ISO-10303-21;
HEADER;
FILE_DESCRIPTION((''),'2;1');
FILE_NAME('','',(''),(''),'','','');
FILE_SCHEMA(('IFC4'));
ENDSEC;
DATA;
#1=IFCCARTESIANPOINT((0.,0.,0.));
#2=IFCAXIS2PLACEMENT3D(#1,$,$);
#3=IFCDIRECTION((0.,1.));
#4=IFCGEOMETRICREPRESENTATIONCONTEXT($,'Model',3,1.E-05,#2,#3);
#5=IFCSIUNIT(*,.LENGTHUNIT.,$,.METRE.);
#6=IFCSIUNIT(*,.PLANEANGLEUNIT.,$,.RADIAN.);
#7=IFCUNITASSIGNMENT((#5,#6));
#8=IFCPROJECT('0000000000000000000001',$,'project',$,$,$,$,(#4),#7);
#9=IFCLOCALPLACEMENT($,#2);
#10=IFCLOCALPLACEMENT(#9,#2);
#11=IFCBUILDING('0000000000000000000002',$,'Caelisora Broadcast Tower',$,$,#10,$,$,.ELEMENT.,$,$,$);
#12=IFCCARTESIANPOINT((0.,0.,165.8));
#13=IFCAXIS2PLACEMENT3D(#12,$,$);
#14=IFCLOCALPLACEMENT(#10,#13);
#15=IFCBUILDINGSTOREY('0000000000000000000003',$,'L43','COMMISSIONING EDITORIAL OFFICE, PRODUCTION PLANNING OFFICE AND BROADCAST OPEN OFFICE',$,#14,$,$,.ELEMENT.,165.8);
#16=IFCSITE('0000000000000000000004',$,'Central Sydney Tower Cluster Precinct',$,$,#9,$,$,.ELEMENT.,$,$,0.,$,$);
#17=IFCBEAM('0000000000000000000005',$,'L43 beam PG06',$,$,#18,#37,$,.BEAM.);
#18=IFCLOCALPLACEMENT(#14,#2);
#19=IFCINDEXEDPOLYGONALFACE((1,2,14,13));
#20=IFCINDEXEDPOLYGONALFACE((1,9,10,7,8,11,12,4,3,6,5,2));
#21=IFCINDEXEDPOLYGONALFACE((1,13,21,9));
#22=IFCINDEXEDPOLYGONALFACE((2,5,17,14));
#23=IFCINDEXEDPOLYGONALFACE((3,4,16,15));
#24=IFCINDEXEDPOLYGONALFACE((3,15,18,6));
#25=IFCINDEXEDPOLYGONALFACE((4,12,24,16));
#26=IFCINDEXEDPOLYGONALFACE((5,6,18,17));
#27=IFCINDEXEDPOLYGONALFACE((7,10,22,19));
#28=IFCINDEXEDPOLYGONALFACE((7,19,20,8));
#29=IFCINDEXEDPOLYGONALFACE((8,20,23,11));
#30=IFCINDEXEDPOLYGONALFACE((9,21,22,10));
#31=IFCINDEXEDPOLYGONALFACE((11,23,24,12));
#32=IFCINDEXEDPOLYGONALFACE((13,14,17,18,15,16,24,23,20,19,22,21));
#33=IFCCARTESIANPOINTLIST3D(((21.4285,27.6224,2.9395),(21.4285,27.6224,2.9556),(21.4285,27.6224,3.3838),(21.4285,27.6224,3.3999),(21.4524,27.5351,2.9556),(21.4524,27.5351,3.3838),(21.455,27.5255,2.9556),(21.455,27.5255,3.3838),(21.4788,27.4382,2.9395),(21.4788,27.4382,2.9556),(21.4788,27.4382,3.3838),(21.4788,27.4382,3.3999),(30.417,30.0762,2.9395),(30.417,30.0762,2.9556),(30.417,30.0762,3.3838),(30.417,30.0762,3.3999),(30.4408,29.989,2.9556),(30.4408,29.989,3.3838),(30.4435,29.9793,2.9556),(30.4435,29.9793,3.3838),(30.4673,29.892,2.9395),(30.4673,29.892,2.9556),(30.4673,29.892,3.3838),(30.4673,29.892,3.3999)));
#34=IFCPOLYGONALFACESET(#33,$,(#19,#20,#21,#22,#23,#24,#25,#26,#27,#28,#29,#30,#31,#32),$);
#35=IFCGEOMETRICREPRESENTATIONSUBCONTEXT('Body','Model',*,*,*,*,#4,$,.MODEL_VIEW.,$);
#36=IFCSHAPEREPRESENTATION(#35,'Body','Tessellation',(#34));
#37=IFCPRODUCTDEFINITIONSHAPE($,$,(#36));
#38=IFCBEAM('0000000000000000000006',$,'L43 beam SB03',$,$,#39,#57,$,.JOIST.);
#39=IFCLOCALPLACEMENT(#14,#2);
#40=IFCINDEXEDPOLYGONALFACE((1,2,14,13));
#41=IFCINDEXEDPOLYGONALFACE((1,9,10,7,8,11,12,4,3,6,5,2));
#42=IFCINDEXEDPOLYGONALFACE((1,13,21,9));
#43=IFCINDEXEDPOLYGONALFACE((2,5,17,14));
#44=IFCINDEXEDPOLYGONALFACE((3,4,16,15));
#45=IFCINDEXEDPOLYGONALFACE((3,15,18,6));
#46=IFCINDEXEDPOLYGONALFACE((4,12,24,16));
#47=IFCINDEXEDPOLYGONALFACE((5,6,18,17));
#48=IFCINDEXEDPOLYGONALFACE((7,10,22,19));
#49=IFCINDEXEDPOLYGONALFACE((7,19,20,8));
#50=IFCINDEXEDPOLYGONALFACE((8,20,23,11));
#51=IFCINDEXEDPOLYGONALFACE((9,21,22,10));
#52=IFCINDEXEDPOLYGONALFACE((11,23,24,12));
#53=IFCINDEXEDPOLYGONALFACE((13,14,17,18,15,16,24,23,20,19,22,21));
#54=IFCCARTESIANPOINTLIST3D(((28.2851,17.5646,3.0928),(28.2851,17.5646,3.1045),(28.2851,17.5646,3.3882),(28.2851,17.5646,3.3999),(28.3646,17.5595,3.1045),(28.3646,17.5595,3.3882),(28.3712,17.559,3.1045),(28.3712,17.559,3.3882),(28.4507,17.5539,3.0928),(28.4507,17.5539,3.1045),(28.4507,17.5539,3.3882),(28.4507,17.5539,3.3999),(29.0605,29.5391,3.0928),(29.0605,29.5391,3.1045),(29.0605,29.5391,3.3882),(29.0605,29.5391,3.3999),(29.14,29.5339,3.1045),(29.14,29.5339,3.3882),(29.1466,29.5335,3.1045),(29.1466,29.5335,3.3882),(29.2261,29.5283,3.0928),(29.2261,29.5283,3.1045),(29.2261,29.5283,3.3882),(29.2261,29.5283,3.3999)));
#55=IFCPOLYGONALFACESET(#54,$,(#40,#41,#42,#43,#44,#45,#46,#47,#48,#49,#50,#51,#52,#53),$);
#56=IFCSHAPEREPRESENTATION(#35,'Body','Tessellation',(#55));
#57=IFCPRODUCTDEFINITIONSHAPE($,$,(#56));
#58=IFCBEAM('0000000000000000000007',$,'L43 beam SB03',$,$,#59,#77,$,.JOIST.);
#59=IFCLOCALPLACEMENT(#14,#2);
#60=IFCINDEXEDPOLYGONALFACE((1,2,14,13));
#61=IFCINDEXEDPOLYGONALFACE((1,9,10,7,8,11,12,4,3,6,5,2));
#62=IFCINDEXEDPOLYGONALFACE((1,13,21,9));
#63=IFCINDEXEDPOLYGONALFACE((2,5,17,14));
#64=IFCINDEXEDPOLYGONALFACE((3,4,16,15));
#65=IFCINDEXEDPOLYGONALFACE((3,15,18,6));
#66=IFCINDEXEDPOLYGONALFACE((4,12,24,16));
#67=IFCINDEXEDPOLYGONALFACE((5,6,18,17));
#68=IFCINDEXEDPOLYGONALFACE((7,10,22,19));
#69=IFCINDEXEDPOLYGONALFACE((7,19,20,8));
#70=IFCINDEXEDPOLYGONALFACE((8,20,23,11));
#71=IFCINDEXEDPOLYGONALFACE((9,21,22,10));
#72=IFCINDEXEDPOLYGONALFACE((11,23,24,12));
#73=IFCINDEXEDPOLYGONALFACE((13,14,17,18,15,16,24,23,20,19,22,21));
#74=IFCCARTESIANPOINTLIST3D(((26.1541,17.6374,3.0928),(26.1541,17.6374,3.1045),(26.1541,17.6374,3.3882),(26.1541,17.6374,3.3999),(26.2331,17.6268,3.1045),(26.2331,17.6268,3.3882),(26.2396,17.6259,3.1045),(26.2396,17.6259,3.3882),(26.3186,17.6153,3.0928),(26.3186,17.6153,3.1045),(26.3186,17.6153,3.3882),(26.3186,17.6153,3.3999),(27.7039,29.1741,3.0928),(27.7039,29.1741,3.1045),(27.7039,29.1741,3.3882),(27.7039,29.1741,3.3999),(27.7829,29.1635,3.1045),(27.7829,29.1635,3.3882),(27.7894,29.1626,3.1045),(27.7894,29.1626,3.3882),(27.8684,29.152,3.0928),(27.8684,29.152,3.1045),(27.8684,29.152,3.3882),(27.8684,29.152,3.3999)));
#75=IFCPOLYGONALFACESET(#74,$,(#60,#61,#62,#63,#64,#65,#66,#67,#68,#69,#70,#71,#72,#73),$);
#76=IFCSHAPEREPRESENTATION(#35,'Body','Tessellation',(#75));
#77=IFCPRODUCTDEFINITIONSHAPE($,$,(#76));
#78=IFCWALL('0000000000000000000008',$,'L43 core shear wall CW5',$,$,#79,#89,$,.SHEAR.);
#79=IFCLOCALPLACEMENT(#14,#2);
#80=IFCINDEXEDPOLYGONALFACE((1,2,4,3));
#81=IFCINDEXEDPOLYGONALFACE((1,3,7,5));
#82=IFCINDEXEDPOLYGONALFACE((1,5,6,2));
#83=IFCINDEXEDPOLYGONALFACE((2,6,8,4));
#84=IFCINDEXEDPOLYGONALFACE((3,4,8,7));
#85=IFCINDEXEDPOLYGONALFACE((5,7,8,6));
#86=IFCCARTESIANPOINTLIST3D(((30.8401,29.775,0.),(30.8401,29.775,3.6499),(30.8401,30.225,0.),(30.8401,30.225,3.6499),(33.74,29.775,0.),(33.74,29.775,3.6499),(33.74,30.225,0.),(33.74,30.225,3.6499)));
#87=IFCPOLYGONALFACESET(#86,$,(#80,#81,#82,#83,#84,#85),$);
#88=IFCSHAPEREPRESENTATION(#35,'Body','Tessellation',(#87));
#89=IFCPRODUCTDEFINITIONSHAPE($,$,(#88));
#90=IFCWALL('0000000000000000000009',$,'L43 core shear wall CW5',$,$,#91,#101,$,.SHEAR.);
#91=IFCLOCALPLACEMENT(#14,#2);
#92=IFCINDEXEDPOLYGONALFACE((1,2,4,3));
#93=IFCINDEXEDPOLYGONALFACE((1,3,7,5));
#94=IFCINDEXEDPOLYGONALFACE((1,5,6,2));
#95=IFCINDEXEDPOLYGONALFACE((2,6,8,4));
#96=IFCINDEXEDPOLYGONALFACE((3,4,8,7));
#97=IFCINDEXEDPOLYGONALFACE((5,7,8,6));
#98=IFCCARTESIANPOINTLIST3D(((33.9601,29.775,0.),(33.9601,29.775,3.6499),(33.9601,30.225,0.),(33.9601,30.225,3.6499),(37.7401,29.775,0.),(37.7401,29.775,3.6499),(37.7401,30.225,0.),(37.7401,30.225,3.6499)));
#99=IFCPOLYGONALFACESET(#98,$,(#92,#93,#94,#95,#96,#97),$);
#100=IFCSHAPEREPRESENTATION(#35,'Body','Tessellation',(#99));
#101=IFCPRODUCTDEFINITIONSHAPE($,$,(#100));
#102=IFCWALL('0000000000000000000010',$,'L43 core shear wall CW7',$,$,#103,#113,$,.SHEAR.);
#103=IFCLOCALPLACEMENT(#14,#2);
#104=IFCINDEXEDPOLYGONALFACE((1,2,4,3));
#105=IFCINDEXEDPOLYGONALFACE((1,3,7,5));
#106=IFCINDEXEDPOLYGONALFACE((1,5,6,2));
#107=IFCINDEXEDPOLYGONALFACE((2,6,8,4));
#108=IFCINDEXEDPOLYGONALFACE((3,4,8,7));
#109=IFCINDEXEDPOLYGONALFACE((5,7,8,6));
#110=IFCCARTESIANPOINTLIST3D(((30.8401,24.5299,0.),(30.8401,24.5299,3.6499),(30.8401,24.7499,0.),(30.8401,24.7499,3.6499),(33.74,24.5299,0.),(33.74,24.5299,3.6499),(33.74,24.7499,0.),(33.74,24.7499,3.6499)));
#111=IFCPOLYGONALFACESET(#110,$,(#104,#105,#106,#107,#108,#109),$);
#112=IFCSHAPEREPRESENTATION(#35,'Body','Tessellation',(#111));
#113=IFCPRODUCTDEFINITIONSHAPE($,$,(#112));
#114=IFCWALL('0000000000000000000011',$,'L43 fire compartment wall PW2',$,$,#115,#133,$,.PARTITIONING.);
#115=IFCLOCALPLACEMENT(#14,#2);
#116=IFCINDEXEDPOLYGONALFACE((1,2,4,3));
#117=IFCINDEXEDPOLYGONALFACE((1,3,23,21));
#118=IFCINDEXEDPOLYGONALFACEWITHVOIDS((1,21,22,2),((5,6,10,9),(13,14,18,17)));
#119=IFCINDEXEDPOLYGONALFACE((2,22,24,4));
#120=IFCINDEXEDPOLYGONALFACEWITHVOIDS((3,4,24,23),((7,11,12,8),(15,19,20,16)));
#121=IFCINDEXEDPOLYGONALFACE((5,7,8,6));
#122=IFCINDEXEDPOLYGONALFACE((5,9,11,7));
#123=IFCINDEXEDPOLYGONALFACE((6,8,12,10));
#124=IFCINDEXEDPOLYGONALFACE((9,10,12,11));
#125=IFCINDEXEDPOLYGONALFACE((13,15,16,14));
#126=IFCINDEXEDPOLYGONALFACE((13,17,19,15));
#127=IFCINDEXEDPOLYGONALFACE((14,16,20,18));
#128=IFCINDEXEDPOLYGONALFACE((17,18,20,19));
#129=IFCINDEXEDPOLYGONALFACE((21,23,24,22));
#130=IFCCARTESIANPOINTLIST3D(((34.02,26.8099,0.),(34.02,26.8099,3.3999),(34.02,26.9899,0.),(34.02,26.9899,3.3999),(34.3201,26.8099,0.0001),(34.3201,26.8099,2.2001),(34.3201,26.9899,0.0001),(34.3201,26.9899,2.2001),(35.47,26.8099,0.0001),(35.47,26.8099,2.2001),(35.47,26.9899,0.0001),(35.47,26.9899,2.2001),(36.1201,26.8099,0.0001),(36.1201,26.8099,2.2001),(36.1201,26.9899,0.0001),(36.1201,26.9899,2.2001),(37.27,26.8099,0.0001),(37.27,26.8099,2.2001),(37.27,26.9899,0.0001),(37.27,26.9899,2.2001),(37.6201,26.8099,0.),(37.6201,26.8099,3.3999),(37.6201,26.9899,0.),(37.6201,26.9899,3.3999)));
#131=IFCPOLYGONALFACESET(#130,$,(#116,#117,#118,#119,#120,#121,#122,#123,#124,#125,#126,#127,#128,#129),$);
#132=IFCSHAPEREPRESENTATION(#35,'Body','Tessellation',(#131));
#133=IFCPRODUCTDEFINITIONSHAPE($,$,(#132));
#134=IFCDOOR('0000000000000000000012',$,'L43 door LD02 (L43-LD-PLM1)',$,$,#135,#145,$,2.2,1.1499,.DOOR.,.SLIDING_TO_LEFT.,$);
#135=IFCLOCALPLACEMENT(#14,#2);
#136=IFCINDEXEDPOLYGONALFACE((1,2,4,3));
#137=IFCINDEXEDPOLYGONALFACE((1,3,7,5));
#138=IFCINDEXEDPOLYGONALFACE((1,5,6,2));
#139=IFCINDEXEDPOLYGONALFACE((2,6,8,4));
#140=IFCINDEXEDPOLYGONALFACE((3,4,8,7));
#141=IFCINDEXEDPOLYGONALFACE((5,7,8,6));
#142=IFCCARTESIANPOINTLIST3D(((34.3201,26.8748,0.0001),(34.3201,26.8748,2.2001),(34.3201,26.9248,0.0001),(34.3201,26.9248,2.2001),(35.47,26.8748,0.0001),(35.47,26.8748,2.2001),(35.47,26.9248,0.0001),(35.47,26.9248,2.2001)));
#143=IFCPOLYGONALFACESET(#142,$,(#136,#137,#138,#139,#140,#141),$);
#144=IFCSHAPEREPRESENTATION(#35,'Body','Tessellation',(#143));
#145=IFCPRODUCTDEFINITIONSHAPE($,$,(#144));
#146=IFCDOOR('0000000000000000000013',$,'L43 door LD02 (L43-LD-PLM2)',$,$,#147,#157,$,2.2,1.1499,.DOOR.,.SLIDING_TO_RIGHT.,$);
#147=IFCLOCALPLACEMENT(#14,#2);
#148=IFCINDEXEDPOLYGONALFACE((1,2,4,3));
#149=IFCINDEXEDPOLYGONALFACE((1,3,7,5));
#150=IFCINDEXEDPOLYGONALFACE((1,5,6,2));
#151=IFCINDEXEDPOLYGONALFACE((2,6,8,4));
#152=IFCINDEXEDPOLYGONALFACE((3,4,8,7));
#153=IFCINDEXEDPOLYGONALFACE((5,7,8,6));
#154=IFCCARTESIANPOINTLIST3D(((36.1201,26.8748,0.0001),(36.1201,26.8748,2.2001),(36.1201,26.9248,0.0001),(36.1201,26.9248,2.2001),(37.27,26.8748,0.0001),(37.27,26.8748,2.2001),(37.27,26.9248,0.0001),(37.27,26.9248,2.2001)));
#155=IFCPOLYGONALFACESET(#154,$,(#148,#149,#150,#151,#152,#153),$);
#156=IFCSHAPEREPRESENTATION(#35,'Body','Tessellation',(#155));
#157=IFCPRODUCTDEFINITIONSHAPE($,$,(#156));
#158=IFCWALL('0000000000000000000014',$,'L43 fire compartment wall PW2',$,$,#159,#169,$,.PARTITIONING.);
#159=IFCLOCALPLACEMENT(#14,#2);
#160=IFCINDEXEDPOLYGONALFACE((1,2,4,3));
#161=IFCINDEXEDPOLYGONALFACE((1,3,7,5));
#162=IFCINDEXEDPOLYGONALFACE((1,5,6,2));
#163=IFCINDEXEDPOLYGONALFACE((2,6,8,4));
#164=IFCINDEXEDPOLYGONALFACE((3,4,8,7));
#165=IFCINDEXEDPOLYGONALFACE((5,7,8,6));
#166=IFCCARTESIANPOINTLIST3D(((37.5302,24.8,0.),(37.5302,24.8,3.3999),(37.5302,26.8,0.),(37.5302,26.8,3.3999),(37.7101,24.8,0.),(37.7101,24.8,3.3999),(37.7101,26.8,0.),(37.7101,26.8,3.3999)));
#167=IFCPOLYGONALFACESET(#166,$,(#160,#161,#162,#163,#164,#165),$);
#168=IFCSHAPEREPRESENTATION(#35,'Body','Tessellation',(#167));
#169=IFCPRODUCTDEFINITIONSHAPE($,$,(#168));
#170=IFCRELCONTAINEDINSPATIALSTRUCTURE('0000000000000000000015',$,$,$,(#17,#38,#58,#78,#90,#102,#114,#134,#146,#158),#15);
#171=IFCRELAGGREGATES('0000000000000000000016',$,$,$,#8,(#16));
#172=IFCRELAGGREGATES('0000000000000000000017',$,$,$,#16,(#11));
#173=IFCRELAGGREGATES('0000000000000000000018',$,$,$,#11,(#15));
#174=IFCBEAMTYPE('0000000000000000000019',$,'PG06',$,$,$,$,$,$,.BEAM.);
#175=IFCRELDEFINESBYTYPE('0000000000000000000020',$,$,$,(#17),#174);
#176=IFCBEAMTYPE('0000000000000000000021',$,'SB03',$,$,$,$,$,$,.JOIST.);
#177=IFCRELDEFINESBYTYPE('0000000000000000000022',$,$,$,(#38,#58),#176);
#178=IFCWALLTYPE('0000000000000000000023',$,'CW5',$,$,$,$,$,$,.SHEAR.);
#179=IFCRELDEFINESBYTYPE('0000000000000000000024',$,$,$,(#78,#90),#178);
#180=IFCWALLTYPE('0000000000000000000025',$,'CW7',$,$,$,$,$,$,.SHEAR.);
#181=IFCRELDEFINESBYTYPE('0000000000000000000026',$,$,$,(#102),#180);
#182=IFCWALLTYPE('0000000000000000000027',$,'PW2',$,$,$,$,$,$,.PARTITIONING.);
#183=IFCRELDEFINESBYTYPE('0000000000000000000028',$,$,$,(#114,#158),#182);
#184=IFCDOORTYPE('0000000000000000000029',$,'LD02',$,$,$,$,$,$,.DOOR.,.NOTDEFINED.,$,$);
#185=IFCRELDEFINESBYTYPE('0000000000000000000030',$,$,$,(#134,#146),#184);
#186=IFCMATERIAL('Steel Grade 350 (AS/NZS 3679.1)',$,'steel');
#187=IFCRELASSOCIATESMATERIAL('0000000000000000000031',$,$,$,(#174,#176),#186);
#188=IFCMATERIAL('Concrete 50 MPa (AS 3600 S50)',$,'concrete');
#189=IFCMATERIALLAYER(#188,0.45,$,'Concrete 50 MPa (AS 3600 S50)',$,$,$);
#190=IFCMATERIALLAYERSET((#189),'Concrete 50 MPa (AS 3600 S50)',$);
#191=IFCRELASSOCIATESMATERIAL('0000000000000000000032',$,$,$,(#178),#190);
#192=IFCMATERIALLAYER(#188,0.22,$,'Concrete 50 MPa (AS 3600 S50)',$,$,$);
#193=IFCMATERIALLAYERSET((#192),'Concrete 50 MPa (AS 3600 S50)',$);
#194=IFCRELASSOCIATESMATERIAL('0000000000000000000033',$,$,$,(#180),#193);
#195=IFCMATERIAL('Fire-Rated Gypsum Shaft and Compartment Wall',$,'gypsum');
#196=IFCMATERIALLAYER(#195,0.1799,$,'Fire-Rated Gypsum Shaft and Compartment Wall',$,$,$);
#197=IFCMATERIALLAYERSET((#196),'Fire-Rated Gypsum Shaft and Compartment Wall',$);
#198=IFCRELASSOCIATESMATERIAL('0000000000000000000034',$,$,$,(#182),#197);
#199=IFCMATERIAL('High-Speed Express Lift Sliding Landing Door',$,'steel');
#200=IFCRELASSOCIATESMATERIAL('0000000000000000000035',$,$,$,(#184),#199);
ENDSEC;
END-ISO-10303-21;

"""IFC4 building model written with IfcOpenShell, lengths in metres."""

from ifc_helpers import new_model, si_unit, direction, frame, frame_2d, origin, origin_2d, place, context, subcontext, project, spatial, rectangle, i_section, extrude, source, transform, mapped, material, layer, layer_set, material_profile, profile_set, type_object, type_shapes, element, fill, save


model = new_model("IFC4")

# Units and contexts
model_context = context("Model", 3, precision=1e-05, world=origin(), true_north=direction((0.0, 1.0)))
body_context = subcontext(model_context, "Body", "Model", "MODEL_VIEW")
ifc_project = project(units=[si_unit("LENGTHUNIT", "METRE"), si_unit("PLANEANGLEUNIT", "RADIAN")], contexts=[model_context])

# Site, building, storey
site_placement = place(None, origin())
site = spatial("IfcSite", under=ifc_project, at=site_placement, Name="Central Sydney Tower Cluster Precinct", CompositionType="ELEMENT", RefElevation=0.0)
building_placement = place(site_placement, origin())
building = spatial("IfcBuilding", under=site, at=building_placement, Name="Caelisora Broadcast Tower", CompositionType="ELEMENT")
storey_placement = place(building_placement, frame((0.0, 0.0, 165.8)))
storey = spatial("IfcBuildingStorey", under=building, at=storey_placement, Name="L43", Description="COMMISSIONING EDITORIAL OFFICE, PRODUCTION PLANNING OFFICE AND BROADCAST OPEN OFFICE", CompositionType="ELEMENT", Elevation=165.8)

# Beams
ifc_material_1 = material(Name="Concrete 50 MPa (AS 3600 S50)", Category="concrete")
ifc_material_2 = material(Name="Steel Grade 350 (AS/NZS 3679.1)", Category="steel")
ifc_material_profile_1 = material_profile(ifc_material_2, i_section(OverallWidth=0.1909, OverallDepth=0.4604, WebThickness=0.01, FlangeThickness=0.0161, at=origin_2d()), Name="Steel Grade 350 (AS/NZS 3679.1)")
ifc_profile_set_1 = profile_set([ifc_material_profile_1], Name="Steel Grade 350 (AS/NZS 3679.1)")
beam_type_1 = type_object("IfcBeamType", Name="PG06", PredefinedType="BEAM", material=ifc_profile_set_1)
shared_shape_1 = source(origin(), body_context, "Body", "SweptSolid", [
    extrude(i_section(OverallWidth=0.1909, OverallDepth=0.4604, WebThickness=0.01, FlangeThickness=0.0161, at=origin_2d()), origin(), (0.0, 0.0, 1.0), 9.3174),
])
beam_1_placement = place(storey_placement, frame((30.4421, 29.9841, 3.1697), z_axis=(-0.964697, -0.263361, 0.0), x_axis=(0.263361, -0.964697, 0.0)))
element("IfcBeam", 1, at=beam_1_placement, inside=storey, type_object=beam_type_1, Name="L43 beam PG06", PredefinedType="BEAM", context=body_context, shape_type="MappedRepresentation", body=[
    mapped(shared_shape_1, transform((0.0, 0.0, 0.0), scale=1.0)),
])
ifc_material_profile_2 = material_profile(ifc_material_2, i_section(OverallWidth=0.166, OverallDepth=0.3071, WebThickness=0.0066, FlangeThickness=0.0117, at=origin_2d()), Name="Steel Grade 350 (AS/NZS 3679.1)")
ifc_profile_set_2 = profile_set([ifc_material_profile_2], Name="Steel Grade 350 (AS/NZS 3679.1)")
beam_type_2 = type_object("IfcBeamType", Name="SB03", PredefinedType="JOIST", material=ifc_profile_set_2)
shared_shape_2 = source(origin(), body_context, "Body", "SweptSolid", [
    extrude(i_section(OverallWidth=0.166, OverallDepth=0.3071, WebThickness=0.0066, FlangeThickness=0.0117, at=origin_2d()), origin(), (0.0, 0.0, 1.0), 11.9995),
])
beam_2_placement = place(storey_placement, frame((29.1433, 29.5337, 3.2463), z_axis=(-0.064619, -0.99791, 0.0), x_axis=(0.99791, -0.064619, 0.0)))
element("IfcBeam", 2, at=beam_2_placement, inside=storey, type_object=beam_type_2, Name="L43 beam SB03", PredefinedType="JOIST", context=body_context, shape_type="MappedRepresentation", body=[
    mapped(shared_shape_2, transform((0.0, 0.0, 0.0), scale=1.0)),
])
shared_shape_3 = source(origin(), body_context, "Body", "SweptSolid", [
    extrude(i_section(OverallWidth=0.166, OverallDepth=0.3071, WebThickness=0.0066, FlangeThickness=0.0117, at=origin_2d()), origin(), (0.0, 0.0, 1.0), 11.6404),
])
type_shapes(beam_type_2, [shared_shape_2, shared_shape_3])
beam_3_placement = place(storey_placement, frame((27.7861, 29.1631, 3.2463), z_axis=(-0.133139, -0.991097, 0.0), x_axis=(0.991097, -0.133139, 0.0)))
element("IfcBeam", 3, at=beam_3_placement, inside=storey, type_object=beam_type_2, Name="L43 beam SB03", PredefinedType="JOIST", context=body_context, shape_type="MappedRepresentation", body=[
    mapped(shared_shape_3, transform((0.0, 0.0, 0.0), scale=1.0)),
])

# Walls
ifc_layer_1 = layer(ifc_material_1, 0.45, Name="Concrete 50 MPa (AS 3600 S50)")
ifc_layer_set_1 = layer_set([ifc_layer_1], Name="Concrete 50 MPa (AS 3600 S50)")
wall_type_1 = type_object("IfcWallType", Name="CW5", PredefinedType="SHEAR", material=ifc_layer_set_1)
wall_1_placement = place(storey_placement, frame((30.8401, 30.0, 0.0), z_axis=(0.0, 0.0, 1.0), x_axis=(1.0, 0.0, 0.0)))
element("IfcWall", 4, at=wall_1_placement, inside=storey, type_object=wall_type_1, Name="L43 core shear wall CW5", PredefinedType="SHEAR", context=body_context, shape_type="SweptSolid", body=[
    extrude(rectangle(XDim=2.8999, YDim=0.45, at=frame_2d((1.45, 0.0))), origin(), (0.0, 0.0, 1.0), 3.6499),
])
wall_2_placement = place(storey_placement, frame((33.96, 30.0, 0.0), z_axis=(0.0, 0.0, 1.0), x_axis=(1.0, 0.0, 0.0)))
element("IfcWall", 5, at=wall_2_placement, inside=storey, type_object=wall_type_1, Name="L43 core shear wall CW5", PredefinedType="SHEAR", context=body_context, shape_type="SweptSolid", body=[
    extrude(rectangle(XDim=3.78, YDim=0.45, at=frame_2d((1.8901, 0.0))), origin(), (0.0, 0.0, 1.0), 3.6499),
])
ifc_layer_2 = layer(ifc_material_1, 0.22, Name="Concrete 50 MPa (AS 3600 S50)")
ifc_layer_set_2 = layer_set([ifc_layer_2], Name="Concrete 50 MPa (AS 3600 S50)")
wall_type_2 = type_object("IfcWallType", Name="CW7", PredefinedType="SHEAR", material=ifc_layer_set_2)
wall_3_placement = place(storey_placement, frame((30.8401, 24.6399, 0.0), z_axis=(0.0, 0.0, 1.0), x_axis=(1.0, 0.0, 0.0)))
element("IfcWall", 6, at=wall_3_placement, inside=storey, type_object=wall_type_2, Name="L43 core shear wall CW7", PredefinedType="SHEAR", context=body_context, shape_type="SweptSolid", body=[
    extrude(rectangle(XDim=2.8999, YDim=0.22, at=frame_2d((1.45, 0.0))), origin(), (0.0, 0.0, 1.0), 3.6499),
])

# Wall, openings, doors
ifc_material_3 = material(Name="Fire-Rated Gypsum Shaft and Compartment Wall", Category="gypsum")
ifc_layer_3 = layer(ifc_material_3, 0.1799, Name="Fire-Rated Gypsum Shaft and Compartment Wall")
ifc_layer_set_3 = layer_set([ifc_layer_3], Name="Fire-Rated Gypsum Shaft and Compartment Wall")
wall_type_3 = type_object("IfcWallType", Name="PW2", PredefinedType="PARTITIONING", material=ifc_layer_set_3)
wall_4_placement = place(storey_placement, frame((34.02, 26.8999, 0.0), z_axis=(0.0, 0.0, 1.0), x_axis=(1.0, 0.0, 0.0)))
wall_4 = element("IfcWall", 7, at=wall_4_placement, inside=storey, type_object=wall_type_3, Name="L43 fire compartment wall PW2", PredefinedType="PARTITIONING", context=body_context, shape_type="SweptSolid", body=[
    extrude(rectangle(XDim=3.6001, YDim=0.1799, at=frame_2d((1.8, 0.0))), origin(), (0.0, 0.0, 1.0), 3.3999),
])
opening_1_placement = place(wall_4_placement, frame((0.3, 0.0, 0.0)))
opening_1 = element("IfcOpeningElement", 8, at=opening_1_placement, cuts=wall_4, PredefinedType="OPENING", context=body_context, shape_type="SweptSolid", body=[
    extrude(rectangle(XDim=1.1499, YDim=2.2, at=frame_2d((0.575, 1.1001))), frame((0.0, 0.1021, 0.0), z_axis=(0.0, -1.0, 0.0), x_axis=(1.0, 0.0, 0.0)), (0.0, 0.0, 1.0), 0.2039),
])
opening_2_placement = place(wall_4_placement, frame((2.1001, 0.0, 0.0)))
opening_2 = element("IfcOpeningElement", 9, at=opening_2_placement, cuts=wall_4, PredefinedType="OPENING", context=body_context, shape_type="SweptSolid", body=[
    extrude(rectangle(XDim=1.1499, YDim=2.2, at=frame_2d((0.575, 1.1001))), frame((0.0, 0.1021, 0.0), z_axis=(0.0, -1.0, 0.0), x_axis=(1.0, 0.0, 0.0)), (0.0, 0.0, 1.0), 0.2039),
])
ifc_material_4 = material(Name="High-Speed Express Lift Sliding Landing Door", Category="steel")
door_type = type_object("IfcDoorType", Name="LD02", OperationType="NOTDEFINED", PredefinedType="DOOR", material=ifc_material_4)
door_1_placement = place(opening_1_placement, origin())
door_1 = element("IfcDoor", 10, at=door_1_placement, inside=storey, type_object=door_type, Name="L43 door LD02 (L43-LD-PLM1)", OperationType="SLIDING_TO_LEFT", OverallHeight=2.2, OverallWidth=1.1499, PredefinedType="DOOR", context=body_context, shape_type="SweptSolid", body=[
    extrude(rectangle(XDim=1.1499, YDim=2.2, at=frame_2d((0.575, 1.1001))), frame((0.0, 0.0249, 0.0), z_axis=(0.0, -1.0, 0.0), x_axis=(1.0, 0.0, 0.0)), (0.0, 0.0, 1.0), 0.05),
])
fill(opening_1, door_1)
door_2_placement = place(opening_2_placement, origin())
door_2 = element("IfcDoor", 11, at=door_2_placement, inside=storey, type_object=door_type, Name="L43 door LD02 (L43-LD-PLM2)", OperationType="SLIDING_TO_RIGHT", OverallHeight=2.2, OverallWidth=1.1499, PredefinedType="DOOR", context=body_context, shape_type="SweptSolid", body=[
    extrude(rectangle(XDim=1.1499, YDim=2.2, at=frame_2d((0.575, 1.1001))), frame((0.0, 0.0249, 0.0), z_axis=(0.0, -1.0, 0.0), x_axis=(1.0, 0.0, 0.0)), (0.0, 0.0, 1.0), 0.05),
])
fill(opening_2, door_2)

# Wall
wall_5_placement = place(storey_placement, frame((37.6201, 24.8, 0.0), z_axis=(0.0, 0.0, 1.0), x_axis=(0.0, 1.0, 0.0)))
element("IfcWall", 12, at=wall_5_placement, inside=storey, type_object=wall_type_3, Name="L43 fire compartment wall PW2", PredefinedType="PARTITIONING", context=body_context, shape_type="SweptSolid", body=[
    extrude(rectangle(XDim=2.0, YDim=0.1799, at=frame_2d((1.0, 0.0))), origin(), (0.0, 0.0, 1.0), 3.3999),
])

save(model, "model.ifc")
